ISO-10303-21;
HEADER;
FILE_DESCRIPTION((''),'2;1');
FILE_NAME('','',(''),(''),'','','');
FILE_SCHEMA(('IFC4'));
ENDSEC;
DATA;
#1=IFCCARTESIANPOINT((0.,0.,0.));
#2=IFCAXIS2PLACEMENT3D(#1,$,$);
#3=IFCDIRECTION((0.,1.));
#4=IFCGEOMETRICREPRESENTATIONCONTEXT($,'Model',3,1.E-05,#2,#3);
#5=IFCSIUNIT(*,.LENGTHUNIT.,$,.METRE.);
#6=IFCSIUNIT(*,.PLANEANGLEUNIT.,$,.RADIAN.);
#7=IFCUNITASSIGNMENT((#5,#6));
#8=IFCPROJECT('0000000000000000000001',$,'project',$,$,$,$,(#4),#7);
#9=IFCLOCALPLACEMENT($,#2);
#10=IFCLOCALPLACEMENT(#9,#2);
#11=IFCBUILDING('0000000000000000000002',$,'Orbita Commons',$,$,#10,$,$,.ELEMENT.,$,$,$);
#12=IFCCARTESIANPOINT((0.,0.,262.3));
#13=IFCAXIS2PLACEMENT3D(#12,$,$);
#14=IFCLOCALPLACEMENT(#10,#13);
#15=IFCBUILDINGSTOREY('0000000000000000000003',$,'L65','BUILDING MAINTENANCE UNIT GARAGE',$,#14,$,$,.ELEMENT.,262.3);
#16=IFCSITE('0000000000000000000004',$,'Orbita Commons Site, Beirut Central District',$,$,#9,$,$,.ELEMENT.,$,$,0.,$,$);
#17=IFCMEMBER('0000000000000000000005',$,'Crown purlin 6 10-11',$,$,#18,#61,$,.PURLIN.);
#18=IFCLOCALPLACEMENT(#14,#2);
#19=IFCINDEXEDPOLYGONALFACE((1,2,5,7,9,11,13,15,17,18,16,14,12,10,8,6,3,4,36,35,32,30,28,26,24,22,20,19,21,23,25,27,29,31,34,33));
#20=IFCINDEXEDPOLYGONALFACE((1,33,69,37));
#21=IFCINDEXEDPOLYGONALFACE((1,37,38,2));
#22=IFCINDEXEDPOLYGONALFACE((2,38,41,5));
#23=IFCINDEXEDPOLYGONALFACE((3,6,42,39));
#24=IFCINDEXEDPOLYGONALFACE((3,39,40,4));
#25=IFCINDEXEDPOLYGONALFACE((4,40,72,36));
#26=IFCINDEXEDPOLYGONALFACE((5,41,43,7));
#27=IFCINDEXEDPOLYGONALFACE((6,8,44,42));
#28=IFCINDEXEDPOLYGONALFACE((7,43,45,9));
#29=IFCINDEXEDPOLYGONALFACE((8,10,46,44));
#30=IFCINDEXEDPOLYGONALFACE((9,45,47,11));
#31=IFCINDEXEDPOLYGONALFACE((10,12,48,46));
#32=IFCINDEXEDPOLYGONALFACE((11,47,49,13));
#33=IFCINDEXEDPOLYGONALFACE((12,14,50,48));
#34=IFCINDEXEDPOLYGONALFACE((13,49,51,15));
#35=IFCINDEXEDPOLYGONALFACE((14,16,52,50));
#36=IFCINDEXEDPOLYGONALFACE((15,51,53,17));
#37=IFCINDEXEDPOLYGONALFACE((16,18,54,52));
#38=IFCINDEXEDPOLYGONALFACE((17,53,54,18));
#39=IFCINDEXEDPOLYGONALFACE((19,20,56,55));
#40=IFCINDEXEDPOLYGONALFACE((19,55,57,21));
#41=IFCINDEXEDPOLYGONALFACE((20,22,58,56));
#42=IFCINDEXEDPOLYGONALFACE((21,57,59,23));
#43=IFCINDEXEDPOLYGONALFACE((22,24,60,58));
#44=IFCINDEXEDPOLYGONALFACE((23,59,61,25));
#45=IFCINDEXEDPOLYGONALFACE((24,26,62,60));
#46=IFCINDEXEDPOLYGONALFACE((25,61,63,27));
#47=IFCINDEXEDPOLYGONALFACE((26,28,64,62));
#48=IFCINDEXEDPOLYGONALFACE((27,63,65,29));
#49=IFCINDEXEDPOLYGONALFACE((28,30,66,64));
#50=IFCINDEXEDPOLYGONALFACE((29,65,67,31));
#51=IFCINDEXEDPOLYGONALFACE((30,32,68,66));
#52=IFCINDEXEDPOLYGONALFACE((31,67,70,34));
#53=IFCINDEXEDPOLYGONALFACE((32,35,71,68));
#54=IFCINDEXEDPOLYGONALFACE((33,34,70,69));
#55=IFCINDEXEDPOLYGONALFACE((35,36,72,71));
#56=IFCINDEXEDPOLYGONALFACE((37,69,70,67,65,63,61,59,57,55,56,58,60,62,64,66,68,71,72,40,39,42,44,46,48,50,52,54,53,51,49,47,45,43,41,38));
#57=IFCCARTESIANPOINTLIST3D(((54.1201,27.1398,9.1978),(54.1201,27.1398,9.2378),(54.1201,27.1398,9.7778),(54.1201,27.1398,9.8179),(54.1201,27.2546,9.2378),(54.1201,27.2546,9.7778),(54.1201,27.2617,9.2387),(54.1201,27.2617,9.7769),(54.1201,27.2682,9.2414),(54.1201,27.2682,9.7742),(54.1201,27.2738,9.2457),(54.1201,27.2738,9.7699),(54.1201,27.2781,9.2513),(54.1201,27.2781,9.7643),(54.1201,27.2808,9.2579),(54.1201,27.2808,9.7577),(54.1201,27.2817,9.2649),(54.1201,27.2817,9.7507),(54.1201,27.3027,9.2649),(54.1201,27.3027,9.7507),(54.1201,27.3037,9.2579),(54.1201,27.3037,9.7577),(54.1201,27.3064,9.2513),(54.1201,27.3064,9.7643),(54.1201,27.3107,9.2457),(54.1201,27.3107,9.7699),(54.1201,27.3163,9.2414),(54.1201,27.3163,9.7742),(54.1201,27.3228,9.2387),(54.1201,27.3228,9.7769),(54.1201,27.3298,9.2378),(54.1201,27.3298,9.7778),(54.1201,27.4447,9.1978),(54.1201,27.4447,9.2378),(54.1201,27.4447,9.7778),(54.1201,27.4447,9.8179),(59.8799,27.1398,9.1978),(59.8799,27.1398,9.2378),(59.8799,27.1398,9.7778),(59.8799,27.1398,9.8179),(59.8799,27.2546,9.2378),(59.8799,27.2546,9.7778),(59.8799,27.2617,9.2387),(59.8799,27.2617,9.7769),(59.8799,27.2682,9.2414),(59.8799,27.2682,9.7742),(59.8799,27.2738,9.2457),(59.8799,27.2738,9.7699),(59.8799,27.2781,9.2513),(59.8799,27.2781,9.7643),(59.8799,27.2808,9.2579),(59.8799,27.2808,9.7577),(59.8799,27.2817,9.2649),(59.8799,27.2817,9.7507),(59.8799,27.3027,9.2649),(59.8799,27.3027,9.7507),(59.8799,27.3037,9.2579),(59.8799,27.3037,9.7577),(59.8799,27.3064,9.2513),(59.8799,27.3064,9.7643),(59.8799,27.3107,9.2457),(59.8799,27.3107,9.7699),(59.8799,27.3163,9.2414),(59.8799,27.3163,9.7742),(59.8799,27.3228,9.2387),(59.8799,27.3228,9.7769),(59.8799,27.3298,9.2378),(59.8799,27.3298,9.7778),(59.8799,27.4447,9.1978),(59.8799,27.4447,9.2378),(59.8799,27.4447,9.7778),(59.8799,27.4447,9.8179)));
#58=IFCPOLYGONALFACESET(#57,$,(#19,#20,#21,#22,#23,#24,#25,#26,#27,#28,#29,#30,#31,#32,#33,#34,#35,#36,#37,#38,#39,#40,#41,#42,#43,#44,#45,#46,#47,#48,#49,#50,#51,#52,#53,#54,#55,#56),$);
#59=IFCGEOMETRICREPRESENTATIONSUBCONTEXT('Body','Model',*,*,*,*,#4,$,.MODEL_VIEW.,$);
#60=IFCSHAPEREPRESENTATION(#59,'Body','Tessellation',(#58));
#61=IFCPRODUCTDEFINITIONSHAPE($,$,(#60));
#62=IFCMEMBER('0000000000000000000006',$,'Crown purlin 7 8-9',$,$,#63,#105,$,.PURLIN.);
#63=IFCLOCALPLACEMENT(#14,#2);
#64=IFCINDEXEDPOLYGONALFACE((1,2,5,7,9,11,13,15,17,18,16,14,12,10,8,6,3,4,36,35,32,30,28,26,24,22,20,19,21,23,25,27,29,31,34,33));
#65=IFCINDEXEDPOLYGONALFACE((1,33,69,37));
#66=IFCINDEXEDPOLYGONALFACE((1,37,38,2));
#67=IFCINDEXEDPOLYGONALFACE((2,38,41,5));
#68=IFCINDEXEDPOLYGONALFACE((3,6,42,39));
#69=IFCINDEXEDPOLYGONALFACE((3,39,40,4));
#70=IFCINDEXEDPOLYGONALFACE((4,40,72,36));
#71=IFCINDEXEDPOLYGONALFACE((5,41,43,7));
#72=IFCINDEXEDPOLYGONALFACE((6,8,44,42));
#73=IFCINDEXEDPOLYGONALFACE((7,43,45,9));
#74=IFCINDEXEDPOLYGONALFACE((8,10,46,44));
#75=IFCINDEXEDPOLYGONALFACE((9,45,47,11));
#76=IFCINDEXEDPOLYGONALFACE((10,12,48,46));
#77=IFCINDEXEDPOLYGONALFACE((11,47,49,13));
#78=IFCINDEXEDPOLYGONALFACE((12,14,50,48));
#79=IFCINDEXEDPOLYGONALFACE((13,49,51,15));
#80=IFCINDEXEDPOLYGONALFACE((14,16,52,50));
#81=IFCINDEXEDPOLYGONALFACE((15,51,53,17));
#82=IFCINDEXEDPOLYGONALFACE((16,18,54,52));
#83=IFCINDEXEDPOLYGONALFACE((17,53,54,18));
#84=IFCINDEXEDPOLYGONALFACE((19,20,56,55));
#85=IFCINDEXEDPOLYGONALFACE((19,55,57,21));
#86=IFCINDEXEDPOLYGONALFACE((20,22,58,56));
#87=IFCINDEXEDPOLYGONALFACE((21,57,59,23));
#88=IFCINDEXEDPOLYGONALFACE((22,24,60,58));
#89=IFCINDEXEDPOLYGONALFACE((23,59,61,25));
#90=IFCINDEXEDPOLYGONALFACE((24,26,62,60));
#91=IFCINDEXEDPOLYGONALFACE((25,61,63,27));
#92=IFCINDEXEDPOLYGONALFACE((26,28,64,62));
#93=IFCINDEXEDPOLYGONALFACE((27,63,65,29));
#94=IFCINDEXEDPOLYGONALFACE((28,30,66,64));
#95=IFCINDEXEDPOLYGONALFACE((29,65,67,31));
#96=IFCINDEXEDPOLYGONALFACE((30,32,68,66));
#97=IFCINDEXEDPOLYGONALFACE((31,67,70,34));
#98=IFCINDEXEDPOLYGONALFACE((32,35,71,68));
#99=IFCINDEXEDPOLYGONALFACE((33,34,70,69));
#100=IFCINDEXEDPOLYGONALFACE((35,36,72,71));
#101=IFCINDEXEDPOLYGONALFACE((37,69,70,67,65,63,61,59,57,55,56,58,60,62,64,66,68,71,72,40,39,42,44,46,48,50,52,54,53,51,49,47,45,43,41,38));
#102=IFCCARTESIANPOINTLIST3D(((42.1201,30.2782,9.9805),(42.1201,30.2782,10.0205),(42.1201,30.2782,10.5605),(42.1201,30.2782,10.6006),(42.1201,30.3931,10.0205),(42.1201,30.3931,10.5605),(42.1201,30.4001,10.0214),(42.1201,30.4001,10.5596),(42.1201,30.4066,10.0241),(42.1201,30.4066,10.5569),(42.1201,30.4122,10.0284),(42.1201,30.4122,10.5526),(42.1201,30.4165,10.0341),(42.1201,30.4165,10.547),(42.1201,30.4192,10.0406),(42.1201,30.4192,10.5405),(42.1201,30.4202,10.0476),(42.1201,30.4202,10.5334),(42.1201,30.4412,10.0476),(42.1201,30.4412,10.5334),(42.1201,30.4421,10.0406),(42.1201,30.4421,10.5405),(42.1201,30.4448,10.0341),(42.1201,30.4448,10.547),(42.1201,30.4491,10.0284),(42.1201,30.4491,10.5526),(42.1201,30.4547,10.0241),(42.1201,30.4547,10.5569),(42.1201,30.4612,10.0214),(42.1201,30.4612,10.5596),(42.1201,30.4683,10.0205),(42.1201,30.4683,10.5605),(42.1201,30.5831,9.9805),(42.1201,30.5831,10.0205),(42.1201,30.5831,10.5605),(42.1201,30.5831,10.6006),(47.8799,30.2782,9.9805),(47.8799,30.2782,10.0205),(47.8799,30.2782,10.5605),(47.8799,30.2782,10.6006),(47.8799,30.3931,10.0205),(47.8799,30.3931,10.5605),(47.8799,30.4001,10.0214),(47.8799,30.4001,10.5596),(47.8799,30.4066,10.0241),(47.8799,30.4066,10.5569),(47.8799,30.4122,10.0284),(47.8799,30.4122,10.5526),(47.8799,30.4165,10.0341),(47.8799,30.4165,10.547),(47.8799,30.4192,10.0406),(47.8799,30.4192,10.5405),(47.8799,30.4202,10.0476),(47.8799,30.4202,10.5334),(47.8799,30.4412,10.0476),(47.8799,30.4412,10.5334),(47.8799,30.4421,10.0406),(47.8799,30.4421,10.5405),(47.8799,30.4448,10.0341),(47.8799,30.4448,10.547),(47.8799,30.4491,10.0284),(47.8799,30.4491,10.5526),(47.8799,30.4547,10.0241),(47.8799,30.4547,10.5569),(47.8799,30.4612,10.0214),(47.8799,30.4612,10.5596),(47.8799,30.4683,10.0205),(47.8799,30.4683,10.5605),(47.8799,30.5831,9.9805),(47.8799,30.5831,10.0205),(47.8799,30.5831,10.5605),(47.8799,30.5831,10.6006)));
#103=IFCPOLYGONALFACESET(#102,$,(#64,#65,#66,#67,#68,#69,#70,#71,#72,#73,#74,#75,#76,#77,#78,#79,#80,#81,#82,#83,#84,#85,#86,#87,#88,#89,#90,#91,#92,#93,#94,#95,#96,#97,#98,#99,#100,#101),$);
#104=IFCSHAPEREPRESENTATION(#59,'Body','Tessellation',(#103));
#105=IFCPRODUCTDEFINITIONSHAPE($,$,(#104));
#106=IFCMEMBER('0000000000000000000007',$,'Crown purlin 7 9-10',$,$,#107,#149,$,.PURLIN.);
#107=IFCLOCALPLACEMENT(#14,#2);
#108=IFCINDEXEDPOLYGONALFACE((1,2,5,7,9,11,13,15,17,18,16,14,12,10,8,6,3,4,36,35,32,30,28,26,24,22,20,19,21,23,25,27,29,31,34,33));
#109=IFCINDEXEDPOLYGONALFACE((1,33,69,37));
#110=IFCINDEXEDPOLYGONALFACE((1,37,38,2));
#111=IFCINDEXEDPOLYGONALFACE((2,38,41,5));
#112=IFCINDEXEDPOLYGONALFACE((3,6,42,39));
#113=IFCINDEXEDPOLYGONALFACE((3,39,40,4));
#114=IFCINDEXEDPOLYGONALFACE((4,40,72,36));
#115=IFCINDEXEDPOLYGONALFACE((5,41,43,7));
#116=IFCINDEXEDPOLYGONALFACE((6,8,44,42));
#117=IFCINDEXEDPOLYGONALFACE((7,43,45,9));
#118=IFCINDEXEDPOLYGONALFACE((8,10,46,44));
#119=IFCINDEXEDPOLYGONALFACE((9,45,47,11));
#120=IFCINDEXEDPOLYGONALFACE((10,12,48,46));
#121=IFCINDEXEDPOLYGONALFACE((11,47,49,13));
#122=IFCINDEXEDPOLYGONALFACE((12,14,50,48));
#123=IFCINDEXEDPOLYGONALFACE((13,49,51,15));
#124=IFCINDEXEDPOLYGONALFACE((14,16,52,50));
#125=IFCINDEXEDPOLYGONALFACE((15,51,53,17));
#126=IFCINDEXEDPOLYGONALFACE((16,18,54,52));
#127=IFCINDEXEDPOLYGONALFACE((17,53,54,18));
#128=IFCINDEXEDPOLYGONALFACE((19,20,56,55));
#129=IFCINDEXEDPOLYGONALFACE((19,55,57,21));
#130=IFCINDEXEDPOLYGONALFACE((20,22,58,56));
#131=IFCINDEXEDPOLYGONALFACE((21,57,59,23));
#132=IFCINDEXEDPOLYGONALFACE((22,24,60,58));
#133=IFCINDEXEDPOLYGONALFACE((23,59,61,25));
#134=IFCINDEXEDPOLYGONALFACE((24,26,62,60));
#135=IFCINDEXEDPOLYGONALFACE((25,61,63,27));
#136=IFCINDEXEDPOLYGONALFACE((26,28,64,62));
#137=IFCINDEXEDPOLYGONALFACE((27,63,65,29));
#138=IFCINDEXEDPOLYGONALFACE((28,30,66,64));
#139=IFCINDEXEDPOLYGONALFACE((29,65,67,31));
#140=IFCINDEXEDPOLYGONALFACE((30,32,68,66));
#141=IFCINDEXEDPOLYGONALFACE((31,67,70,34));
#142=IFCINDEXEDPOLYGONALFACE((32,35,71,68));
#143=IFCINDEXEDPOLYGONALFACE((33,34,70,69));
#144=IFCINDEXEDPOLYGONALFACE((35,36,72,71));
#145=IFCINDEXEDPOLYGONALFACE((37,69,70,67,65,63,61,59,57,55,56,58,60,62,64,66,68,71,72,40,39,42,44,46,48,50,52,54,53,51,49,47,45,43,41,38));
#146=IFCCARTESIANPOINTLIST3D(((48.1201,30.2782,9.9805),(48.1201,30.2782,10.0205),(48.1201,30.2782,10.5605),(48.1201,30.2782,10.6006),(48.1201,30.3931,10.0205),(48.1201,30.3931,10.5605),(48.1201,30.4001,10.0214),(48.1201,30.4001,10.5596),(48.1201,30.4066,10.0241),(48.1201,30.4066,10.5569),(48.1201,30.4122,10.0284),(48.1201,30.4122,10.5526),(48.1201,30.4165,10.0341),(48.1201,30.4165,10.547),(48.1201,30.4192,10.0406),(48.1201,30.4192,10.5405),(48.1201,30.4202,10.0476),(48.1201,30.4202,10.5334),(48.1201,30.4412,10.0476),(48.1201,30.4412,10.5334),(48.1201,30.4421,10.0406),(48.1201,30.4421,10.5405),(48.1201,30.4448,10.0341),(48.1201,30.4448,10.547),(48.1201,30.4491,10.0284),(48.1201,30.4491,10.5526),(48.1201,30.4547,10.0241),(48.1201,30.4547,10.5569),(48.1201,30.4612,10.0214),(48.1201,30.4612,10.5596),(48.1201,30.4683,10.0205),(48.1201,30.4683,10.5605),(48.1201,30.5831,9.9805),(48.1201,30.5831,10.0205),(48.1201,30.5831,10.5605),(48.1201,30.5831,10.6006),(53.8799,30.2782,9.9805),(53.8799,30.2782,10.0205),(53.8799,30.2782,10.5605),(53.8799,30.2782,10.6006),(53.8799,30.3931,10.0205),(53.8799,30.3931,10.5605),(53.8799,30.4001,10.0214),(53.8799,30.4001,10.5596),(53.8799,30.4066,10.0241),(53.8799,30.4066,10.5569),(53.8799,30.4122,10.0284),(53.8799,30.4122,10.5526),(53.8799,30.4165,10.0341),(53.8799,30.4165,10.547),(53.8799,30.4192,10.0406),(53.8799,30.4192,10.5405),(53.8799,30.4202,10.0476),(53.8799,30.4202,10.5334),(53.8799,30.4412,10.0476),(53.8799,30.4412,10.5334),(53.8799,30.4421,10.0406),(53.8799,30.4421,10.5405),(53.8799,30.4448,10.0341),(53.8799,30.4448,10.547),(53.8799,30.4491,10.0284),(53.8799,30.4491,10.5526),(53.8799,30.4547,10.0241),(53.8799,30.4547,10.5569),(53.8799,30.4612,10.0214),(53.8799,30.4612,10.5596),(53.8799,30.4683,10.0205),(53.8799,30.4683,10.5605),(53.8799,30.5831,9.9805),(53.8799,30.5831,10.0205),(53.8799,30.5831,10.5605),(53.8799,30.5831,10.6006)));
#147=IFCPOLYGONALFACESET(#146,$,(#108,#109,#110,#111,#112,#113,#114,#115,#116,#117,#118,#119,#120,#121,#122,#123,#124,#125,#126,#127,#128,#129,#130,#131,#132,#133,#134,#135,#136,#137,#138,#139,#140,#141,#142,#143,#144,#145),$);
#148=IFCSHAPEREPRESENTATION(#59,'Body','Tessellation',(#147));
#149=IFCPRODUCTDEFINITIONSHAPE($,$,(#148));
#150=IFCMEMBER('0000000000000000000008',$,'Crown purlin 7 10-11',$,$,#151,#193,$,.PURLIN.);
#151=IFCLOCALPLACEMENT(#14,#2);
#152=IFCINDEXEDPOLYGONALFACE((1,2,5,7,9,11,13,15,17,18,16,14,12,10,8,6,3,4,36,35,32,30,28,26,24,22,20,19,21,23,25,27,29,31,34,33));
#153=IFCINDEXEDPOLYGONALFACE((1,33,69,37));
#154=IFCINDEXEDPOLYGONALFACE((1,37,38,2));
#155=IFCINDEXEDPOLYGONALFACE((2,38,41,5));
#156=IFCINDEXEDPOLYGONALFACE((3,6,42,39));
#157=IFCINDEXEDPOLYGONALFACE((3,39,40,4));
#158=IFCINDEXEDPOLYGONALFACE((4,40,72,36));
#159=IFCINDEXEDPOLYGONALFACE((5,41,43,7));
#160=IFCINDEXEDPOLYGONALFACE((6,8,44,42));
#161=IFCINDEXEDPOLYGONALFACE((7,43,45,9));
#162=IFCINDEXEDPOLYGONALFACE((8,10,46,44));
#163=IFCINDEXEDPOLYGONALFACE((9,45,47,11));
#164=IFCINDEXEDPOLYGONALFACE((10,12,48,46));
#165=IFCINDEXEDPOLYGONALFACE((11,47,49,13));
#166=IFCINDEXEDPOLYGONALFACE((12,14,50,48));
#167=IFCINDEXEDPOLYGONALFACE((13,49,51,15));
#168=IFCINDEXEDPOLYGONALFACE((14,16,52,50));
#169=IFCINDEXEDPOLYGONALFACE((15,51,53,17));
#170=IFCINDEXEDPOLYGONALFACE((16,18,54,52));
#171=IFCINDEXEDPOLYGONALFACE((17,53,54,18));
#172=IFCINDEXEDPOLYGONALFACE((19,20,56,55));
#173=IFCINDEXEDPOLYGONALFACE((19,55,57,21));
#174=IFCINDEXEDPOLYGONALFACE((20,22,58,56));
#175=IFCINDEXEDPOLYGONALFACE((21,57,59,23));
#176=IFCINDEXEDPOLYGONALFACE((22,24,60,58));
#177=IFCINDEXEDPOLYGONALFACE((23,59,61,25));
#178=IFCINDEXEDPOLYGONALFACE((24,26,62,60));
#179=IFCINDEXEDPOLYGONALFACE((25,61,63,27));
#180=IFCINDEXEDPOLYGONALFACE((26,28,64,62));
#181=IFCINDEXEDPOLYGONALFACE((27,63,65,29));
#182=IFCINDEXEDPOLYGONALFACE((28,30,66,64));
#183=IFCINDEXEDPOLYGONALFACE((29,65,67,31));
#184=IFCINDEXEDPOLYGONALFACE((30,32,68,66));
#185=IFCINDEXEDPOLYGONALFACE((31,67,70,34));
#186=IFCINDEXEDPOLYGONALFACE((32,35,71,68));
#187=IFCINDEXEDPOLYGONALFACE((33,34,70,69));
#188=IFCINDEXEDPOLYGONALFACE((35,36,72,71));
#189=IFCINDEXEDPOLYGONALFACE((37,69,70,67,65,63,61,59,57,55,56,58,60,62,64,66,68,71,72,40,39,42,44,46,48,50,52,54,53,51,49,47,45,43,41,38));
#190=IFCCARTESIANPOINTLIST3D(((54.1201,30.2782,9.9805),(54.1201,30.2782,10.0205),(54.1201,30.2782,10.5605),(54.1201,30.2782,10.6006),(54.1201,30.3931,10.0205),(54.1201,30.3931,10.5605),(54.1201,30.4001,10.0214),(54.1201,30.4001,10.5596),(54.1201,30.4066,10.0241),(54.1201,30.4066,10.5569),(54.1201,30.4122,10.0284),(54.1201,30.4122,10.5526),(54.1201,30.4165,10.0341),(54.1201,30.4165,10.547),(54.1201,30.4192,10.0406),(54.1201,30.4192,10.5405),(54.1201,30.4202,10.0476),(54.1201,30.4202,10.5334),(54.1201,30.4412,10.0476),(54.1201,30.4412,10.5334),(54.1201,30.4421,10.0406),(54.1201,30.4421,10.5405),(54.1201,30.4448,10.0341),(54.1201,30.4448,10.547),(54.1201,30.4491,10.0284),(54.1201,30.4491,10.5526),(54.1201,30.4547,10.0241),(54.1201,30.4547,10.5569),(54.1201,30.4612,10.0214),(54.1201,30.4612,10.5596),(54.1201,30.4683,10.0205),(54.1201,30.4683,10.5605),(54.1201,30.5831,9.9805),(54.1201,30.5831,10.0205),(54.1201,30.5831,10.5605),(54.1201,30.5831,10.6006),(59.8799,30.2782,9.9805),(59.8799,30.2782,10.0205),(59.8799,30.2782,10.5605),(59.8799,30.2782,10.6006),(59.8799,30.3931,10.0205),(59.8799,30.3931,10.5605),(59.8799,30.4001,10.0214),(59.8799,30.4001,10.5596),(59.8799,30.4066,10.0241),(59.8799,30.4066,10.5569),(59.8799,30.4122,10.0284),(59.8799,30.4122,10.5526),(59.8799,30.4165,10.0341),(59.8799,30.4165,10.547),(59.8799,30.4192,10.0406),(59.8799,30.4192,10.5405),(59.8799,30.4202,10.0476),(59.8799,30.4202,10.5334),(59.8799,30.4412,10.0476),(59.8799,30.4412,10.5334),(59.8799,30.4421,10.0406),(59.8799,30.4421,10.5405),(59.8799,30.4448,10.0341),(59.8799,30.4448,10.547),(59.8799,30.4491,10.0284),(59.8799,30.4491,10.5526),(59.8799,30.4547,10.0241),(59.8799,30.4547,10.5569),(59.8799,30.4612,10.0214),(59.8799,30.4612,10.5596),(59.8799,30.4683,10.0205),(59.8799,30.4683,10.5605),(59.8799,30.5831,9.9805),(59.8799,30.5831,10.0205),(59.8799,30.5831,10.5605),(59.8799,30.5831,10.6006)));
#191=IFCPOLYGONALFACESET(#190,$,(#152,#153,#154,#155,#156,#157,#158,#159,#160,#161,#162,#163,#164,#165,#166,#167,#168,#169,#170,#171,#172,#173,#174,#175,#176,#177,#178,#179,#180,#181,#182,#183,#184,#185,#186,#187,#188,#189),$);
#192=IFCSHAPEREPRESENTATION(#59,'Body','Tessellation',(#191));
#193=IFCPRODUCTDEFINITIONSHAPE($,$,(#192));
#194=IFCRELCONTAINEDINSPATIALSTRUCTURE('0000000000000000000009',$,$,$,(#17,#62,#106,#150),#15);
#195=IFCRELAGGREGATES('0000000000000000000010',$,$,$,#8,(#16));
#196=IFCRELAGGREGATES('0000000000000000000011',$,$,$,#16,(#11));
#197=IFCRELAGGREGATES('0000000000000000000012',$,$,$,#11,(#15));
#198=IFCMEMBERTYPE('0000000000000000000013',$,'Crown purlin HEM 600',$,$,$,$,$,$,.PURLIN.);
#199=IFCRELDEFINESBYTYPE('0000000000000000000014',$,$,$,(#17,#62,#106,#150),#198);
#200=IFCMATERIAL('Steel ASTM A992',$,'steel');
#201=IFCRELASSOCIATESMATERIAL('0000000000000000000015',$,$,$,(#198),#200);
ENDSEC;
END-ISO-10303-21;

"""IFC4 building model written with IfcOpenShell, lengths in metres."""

from ifc_helpers import new_model, si_unit, direction, frame, origin, origin_2d, place, context, subcontext, project, spatial, i_section, extrude, material, material_profile, profile_set, type_object, element, save


model = new_model("IFC4")

# Units and contexts
model_context = context("Model", 3, precision=1e-05, world=origin(), true_north=direction((0.0, 1.0)))
body_context = subcontext(model_context, "Body", "Model", "MODEL_VIEW")
ifc_project = project(units=[si_unit("LENGTHUNIT", "METRE"), si_unit("PLANEANGLEUNIT", "RADIAN")], contexts=[model_context])

# Site, building, storey
site_placement = place(None, origin())
site = spatial("IfcSite", under=ifc_project, at=site_placement, Name="Orbita Commons Site, Beirut Central District", CompositionType="ELEMENT", RefElevation=0.0)
building_placement = place(site_placement, origin())
building = spatial("IfcBuilding", under=site, at=building_placement, Name="Orbita Commons", CompositionType="ELEMENT")
storey_placement = place(building_placement, frame((0.0, 0.0, 262.3)))
storey = spatial("IfcBuildingStorey", under=building, at=storey_placement, Name="L65", Description="BUILDING MAINTENANCE UNIT GARAGE", CompositionType="ELEMENT", Elevation=262.3)

# Members
ifc_material_1 = material(Name="Steel ASTM A992", Category="steel")
ifc_material_profile_1 = material_profile(ifc_material_1, i_section(OverallWidth=0.3049, OverallDepth=0.6201, WebThickness=0.021, FlangeThickness=0.04, FilletRadius=0.0271, at=origin_2d()), Name="HEM 600")
ifc_profile_set_1 = profile_set([ifc_material_profile_1], Name="Steel ASTM A992")
member_type_1 = type_object("IfcMemberType", Name="Crown purlin HEM 600", PredefinedType="PURLIN", material=ifc_profile_set_1)
for number, where, z_axis, x_axis, name in (
    (1, (54.1201, 27.2922, 9.5078), (1.0, 0.0, 0.0), (0.0, 1.0, 0.0), "Crown purlin 6 10-11"),
    (2, (42.1201, 30.4307, 10.2905), (1.0, 0.0, 0.0), (0.0, 1.0, 0.0), "Crown purlin 7 8-9"),
    (3, (48.1201, 30.4307, 10.2905), (1.0, 0.0, 0.0), (0.0, 1.0, 0.0), "Crown purlin 7 9-10"),
    (4, (54.1201, 30.4307, 10.2905), (1.0, 0.0, 0.0), (0.0, 1.0, 0.0), "Crown purlin 7 10-11"),
):
    element("IfcMember", number, at=place(storey_placement, frame(where, z_axis=z_axis, x_axis=x_axis)), inside=storey, type_object=member_type_1, Name=name, PredefinedType="PURLIN", context=body_context, shape_type="SweptSolid", body=[
        extrude(i_section(OverallWidth=0.3049, OverallDepth=0.6201, WebThickness=0.021, FlangeThickness=0.04, FilletRadius=0.0271, at=origin_2d()), origin(), (0.0, 0.0, 1.0), 5.7598),
    ])

save(model, "model.ifc")
